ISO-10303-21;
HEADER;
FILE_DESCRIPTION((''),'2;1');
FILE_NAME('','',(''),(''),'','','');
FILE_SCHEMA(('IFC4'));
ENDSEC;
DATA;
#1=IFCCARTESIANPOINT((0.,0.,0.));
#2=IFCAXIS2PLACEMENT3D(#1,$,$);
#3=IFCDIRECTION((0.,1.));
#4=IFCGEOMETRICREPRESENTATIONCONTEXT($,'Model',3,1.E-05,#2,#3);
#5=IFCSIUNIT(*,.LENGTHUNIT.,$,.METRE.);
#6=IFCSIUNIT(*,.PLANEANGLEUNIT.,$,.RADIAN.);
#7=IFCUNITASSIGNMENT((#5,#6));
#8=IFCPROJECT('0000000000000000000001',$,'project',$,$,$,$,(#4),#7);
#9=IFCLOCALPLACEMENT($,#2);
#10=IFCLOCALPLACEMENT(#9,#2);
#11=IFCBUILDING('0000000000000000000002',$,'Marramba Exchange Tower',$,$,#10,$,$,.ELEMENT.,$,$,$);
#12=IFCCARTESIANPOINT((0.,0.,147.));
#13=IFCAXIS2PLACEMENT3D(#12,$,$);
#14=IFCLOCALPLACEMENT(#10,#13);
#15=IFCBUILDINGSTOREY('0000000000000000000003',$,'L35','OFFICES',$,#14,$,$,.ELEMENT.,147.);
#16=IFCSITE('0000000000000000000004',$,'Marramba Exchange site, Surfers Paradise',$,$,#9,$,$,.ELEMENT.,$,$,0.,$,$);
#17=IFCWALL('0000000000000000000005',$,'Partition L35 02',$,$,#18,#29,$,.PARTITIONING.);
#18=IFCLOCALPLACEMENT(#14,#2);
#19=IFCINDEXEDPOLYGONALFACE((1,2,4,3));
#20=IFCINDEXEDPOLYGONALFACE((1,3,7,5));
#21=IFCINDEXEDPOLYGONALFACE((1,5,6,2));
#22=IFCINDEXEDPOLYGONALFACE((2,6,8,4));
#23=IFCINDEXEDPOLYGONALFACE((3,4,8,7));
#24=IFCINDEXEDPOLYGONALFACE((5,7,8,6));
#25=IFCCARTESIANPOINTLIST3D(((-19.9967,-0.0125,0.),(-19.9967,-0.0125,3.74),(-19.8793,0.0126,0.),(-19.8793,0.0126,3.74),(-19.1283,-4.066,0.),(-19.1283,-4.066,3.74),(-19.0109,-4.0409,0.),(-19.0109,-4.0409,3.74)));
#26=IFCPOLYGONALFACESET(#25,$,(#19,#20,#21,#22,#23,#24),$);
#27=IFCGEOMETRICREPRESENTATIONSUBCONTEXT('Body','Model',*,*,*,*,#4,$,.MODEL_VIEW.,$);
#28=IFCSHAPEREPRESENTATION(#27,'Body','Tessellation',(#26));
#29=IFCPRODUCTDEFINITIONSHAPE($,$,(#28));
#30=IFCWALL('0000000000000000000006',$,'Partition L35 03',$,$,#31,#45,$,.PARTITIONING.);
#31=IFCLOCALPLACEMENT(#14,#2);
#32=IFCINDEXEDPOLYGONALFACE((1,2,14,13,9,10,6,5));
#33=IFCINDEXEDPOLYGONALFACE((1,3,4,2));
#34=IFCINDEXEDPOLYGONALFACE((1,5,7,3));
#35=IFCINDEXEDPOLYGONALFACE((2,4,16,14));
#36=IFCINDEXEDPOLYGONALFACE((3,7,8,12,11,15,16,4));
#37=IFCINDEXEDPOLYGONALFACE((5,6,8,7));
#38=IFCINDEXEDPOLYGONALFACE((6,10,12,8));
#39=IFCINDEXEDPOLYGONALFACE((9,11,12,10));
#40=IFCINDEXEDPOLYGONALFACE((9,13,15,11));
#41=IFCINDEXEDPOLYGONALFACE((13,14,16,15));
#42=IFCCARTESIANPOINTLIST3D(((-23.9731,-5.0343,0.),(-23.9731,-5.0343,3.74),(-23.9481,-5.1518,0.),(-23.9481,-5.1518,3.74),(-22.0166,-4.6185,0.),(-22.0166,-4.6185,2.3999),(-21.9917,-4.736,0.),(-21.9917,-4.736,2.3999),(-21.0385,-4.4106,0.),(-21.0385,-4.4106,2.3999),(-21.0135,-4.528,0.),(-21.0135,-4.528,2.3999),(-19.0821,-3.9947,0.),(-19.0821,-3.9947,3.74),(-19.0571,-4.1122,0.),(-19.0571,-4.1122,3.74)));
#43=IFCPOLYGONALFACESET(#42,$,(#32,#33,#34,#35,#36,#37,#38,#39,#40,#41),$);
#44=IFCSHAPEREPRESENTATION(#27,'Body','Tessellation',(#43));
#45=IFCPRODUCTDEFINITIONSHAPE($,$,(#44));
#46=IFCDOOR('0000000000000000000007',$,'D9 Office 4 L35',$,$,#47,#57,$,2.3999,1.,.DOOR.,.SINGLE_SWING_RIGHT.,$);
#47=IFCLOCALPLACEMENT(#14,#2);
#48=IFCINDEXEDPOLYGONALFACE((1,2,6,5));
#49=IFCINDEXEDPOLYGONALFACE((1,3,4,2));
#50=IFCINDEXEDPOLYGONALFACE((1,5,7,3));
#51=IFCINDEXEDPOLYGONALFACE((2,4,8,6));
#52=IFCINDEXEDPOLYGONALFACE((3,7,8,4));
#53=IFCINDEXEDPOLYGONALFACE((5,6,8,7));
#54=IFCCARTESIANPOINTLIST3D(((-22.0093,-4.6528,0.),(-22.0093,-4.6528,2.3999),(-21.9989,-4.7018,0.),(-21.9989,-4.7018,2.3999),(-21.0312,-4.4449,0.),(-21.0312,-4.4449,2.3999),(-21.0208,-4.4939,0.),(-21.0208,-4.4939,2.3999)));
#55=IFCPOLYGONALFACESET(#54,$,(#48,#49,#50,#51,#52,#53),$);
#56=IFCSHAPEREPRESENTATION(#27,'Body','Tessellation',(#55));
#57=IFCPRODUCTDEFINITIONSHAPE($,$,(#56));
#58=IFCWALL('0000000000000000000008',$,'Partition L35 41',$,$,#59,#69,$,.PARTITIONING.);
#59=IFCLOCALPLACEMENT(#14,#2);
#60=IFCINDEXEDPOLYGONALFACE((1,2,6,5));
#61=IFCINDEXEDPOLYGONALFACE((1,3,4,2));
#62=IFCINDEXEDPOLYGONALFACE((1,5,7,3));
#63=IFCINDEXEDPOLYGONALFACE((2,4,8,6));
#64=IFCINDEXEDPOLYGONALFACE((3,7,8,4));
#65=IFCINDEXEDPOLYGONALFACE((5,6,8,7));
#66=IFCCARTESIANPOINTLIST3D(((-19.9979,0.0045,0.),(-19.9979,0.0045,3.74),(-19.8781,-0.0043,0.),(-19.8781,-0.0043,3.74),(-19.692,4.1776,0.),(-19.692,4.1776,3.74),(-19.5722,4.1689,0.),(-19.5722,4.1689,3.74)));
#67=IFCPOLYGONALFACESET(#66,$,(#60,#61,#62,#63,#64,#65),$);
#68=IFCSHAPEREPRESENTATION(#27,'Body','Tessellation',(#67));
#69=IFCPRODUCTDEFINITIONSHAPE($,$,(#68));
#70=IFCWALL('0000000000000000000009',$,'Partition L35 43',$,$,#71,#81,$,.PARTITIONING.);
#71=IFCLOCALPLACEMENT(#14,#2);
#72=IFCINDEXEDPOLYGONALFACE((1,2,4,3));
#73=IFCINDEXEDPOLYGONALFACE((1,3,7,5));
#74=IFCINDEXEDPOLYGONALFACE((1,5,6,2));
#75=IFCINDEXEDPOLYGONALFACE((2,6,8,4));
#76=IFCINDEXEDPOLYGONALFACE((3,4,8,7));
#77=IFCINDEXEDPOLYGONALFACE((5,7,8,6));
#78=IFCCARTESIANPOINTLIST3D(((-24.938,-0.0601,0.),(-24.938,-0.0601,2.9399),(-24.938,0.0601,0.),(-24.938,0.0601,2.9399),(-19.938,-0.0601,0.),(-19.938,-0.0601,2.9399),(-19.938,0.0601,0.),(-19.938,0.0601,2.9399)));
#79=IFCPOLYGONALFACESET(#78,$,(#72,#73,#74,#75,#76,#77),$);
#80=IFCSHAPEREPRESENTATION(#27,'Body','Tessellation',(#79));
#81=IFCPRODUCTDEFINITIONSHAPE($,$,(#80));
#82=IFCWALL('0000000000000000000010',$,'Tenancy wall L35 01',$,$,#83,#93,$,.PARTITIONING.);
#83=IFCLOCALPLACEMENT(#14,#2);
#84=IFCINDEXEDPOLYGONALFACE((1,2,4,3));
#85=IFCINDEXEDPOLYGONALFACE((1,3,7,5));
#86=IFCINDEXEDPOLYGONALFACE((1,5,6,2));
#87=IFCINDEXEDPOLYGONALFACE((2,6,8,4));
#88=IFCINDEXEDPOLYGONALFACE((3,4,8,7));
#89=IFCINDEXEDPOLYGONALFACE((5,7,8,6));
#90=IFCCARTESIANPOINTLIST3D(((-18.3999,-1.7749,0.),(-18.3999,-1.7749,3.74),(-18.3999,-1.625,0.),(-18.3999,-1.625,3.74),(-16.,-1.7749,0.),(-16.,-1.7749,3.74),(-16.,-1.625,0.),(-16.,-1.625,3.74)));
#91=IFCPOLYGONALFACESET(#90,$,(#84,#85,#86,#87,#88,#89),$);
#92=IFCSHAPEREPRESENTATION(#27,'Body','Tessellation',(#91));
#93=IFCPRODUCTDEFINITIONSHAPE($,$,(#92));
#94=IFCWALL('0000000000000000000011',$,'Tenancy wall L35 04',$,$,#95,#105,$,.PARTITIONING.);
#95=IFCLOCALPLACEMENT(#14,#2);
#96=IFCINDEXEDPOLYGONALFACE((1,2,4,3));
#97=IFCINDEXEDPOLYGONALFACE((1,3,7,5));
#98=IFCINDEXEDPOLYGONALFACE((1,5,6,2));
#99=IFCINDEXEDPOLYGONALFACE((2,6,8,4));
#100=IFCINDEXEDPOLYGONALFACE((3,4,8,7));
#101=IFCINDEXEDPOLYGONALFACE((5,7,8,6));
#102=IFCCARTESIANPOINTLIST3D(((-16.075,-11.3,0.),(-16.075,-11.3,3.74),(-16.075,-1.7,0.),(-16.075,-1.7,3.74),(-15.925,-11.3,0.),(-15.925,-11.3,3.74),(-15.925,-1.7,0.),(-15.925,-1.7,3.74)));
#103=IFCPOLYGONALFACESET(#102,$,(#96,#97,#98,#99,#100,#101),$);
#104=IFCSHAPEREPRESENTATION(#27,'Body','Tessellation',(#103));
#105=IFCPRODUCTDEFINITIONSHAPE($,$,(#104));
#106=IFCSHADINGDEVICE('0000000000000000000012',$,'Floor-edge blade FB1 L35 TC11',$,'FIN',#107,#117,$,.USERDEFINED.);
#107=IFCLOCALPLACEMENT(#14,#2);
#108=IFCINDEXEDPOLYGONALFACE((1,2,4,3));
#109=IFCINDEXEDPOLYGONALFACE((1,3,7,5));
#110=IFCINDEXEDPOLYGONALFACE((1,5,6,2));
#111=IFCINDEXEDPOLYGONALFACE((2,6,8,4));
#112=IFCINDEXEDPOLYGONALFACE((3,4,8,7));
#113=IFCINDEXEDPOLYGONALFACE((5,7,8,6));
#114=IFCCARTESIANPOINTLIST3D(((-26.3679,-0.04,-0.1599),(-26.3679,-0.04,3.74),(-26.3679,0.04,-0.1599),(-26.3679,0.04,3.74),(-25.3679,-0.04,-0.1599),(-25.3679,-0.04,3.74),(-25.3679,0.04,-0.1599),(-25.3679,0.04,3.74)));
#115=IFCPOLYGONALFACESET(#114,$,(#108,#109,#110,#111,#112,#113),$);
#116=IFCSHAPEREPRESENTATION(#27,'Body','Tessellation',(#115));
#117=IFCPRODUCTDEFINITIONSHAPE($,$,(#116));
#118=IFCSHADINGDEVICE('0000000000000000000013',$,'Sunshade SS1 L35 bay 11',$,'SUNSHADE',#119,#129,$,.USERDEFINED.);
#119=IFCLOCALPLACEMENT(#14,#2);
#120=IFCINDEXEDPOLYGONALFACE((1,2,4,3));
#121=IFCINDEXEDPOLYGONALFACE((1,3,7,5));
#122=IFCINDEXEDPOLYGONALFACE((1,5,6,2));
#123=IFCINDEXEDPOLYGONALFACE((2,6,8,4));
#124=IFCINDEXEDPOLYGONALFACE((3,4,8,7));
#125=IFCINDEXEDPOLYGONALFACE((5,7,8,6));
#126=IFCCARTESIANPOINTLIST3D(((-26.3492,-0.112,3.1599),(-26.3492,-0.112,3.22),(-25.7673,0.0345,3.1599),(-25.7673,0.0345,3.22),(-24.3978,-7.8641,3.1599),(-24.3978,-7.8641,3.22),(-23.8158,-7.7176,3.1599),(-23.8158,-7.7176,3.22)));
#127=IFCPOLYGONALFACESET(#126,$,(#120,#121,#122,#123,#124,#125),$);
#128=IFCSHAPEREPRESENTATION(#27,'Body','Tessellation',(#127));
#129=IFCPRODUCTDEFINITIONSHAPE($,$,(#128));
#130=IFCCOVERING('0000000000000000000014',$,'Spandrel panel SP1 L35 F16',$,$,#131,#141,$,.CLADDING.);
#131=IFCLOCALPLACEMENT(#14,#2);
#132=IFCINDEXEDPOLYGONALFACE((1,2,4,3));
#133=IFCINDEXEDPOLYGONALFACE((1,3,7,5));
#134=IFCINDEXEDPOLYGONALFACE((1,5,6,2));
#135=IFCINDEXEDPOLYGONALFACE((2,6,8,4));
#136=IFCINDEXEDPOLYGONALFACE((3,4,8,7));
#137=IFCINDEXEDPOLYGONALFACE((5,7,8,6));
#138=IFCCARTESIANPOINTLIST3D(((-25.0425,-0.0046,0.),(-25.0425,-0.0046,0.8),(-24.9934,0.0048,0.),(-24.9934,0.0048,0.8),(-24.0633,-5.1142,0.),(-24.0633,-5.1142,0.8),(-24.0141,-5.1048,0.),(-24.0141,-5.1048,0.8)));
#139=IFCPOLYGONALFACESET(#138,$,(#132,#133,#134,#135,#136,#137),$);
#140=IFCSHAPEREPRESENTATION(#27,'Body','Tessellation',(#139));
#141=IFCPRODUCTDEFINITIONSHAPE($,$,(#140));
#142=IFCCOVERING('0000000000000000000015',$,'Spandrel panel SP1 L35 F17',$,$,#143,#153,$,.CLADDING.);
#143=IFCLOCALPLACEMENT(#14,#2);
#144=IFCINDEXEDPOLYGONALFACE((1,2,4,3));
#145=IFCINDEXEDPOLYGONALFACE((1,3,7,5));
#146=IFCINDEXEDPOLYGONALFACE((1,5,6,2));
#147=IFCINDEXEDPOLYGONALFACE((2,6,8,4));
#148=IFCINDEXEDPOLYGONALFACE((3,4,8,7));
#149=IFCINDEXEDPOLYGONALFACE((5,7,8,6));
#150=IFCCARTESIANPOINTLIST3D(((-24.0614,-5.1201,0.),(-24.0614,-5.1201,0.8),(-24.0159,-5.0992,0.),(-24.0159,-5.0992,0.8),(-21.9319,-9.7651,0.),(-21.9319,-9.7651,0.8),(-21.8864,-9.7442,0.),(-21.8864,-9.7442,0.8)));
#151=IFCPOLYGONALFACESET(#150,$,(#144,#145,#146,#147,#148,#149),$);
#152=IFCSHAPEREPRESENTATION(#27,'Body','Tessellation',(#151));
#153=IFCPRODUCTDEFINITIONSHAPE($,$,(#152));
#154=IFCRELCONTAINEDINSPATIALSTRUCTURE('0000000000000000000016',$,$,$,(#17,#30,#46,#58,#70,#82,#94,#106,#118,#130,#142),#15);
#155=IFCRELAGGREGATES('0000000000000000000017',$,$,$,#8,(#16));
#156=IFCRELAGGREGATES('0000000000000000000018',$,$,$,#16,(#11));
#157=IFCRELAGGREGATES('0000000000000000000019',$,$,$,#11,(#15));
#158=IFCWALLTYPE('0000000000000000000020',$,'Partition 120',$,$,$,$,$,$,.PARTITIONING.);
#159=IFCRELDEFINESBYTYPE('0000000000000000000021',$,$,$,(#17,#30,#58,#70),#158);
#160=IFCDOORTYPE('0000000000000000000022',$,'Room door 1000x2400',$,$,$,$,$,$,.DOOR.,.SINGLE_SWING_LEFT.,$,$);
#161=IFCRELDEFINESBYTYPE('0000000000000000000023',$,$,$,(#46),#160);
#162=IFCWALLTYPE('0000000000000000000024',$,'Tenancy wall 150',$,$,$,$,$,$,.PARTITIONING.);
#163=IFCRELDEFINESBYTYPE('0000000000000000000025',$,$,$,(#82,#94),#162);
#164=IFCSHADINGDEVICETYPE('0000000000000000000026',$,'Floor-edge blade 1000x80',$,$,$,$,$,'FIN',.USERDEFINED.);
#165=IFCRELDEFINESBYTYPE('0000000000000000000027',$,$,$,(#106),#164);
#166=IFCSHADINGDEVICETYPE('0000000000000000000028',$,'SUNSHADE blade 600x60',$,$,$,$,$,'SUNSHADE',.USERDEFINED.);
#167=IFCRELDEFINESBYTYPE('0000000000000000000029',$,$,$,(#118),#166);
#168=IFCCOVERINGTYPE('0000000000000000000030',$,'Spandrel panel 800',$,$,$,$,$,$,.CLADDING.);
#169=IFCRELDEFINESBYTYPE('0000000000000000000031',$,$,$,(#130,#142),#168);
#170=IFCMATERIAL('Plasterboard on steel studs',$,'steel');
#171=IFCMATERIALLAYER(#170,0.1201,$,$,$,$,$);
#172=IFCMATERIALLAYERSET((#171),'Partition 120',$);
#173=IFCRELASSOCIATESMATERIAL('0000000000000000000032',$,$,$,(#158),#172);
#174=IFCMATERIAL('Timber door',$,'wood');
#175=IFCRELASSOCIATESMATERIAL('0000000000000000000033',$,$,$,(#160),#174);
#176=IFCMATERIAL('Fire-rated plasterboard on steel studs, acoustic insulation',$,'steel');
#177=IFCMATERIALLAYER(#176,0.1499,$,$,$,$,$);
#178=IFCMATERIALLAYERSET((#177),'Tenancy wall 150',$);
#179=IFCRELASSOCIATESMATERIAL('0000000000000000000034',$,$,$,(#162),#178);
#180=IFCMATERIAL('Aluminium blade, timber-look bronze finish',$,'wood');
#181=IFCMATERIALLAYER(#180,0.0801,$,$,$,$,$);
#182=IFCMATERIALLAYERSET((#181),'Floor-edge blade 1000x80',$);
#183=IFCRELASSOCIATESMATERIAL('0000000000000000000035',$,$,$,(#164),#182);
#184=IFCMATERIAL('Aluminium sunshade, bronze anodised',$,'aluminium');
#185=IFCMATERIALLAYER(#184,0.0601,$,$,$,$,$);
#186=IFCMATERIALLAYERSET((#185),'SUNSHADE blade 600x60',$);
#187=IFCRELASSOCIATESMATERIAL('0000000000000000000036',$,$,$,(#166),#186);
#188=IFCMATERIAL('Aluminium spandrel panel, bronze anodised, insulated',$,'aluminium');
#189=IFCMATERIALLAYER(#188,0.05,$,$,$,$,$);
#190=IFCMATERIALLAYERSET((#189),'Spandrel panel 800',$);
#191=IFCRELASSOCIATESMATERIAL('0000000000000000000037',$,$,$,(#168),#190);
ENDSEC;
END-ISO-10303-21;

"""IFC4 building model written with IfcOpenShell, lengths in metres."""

from ifc_helpers import new_model, si_unit, direction, frame, frame_2d, origin, origin_2d, place, context, subcontext, project, spatial, rectangle, extrude, material, layer, layer_set, type_object, element, fill, save


model = new_model("IFC4")

# Units and contexts
model_context = context("Model", 3, precision=1e-05, world=origin(), true_north=direction((0.0, 1.0)))
body_context = subcontext(model_context, "Body", "Model", "MODEL_VIEW")
ifc_project = project(units=[si_unit("LENGTHUNIT", "METRE"), si_unit("PLANEANGLEUNIT", "RADIAN")], contexts=[model_context])

# Site, building, storey
site_placement = place(None, origin())
site = spatial("IfcSite", under=ifc_project, at=site_placement, Name="Marramba Exchange site, Surfers Paradise", CompositionType="ELEMENT", RefElevation=0.0)
building_placement = place(site_placement, origin())
building = spatial("IfcBuilding", under=site, at=building_placement, Name="Marramba Exchange Tower", CompositionType="ELEMENT")
storey_placement = place(building_placement, frame((0.0, 0.0, 147.0)))
storey = spatial("IfcBuildingStorey", under=building, at=storey_placement, Name="L35", Description="OFFICES", CompositionType="ELEMENT", Elevation=147.0)

# Wall
ifc_material_1 = material(Name="Plasterboard on steel studs", Category="steel")
ifc_layer_1 = layer(ifc_material_1, 0.1201)
ifc_layer_set_1 = layer_set([ifc_layer_1], Name="Partition 120")
wall_type_1 = type_object("IfcWallType", Name="Partition 120", PredefinedType="PARTITIONING", material=ifc_layer_set_1)
wall_1_placement = place(storey_placement, frame((-19.0696, -4.0535, 0.0), z_axis=(0.0, 0.0, 1.0), x_axis=(-0.209485, 0.977812, 0.0)))
element("IfcWall", 1, at=wall_1_placement, inside=storey, type_object=wall_type_1, Name="Partition L35 02", PredefinedType="PARTITIONING", context=body_context, shape_type="SweptSolid", body=[
    extrude(rectangle(XDim=4.1455, YDim=0.1201, at=frame_2d((2.0728, 0.0))), origin(), (0.0, 0.0, 1.0), 3.74),
])

# Wall, opening, door
wall_2_placement = place(storey_placement, frame((-23.9604, -5.093, 0.0), z_axis=(0.0, 0.0, 1.0), x_axis=(0.978149, 0.207905, 0.0)))
wall_2 = element("IfcWall", 2, at=wall_2_placement, inside=storey, type_object=wall_type_1, Name="Partition L35 03", PredefinedType="PARTITIONING", context=body_context, shape_type="SweptSolid", body=[
    extrude(rectangle(XDim=5.0002, YDim=0.1201, at=frame_2d((2.5, 0.0))), origin(), (0.0, 0.0, 1.0), 3.74),
])
opening_placement = place(wall_2_placement, frame((2.0, 0.0, 0.0)))
opening = element("IfcOpeningElement", 3, at=opening_placement, cuts=wall_2, PredefinedType="OPENING", context=body_context, shape_type="SweptSolid", body=[
    extrude(rectangle(XDim=1.0, YDim=2.3999, at=frame_2d((0.5, 1.2))), frame((0.0, 0.0701, 0.0), z_axis=(0.0, -1.0, 0.0), x_axis=(1.0, 0.0, 0.0)), (0.0, 0.0, 1.0), 0.1401),
])
ifc_material_2 = material(Name="Timber door", Category="wood")
door_type = type_object("IfcDoorType", Name="Room door 1000x2400", OperationType="SINGLE_SWING_LEFT", PredefinedType="DOOR", material=ifc_material_2)
door_placement = place(opening_placement, origin())
door = element("IfcDoor", 4, at=door_placement, inside=storey, type_object=door_type, Name="D9 Office 4 L35", OperationType="SINGLE_SWING_RIGHT", OverallHeight=2.3999, OverallWidth=1.0, PredefinedType="DOOR", context=body_context, shape_type="SweptSolid", body=[
    extrude(rectangle(XDim=1.0, YDim=2.3999, at=frame_2d((0.5, 1.2))), frame((0.0, 0.0249, 0.0), z_axis=(0.0, -1.0, 0.0), x_axis=(1.0, 0.0, 0.0)), (0.0, 0.0, 1.0), 0.05),
])
fill(opening, door)

# Walls
wall_3_placement = place(storey_placement, frame((-19.938, 0.0, 0.0), z_axis=(0.0, 0.0, 1.0), x_axis=(0.073109, 0.997324, 0.0)))
element("IfcWall", 5, at=wall_3_placement, inside=storey, type_object=wall_type_1, Name="Partition L35 41", PredefinedType="PARTITIONING", context=body_context, shape_type="SweptSolid", body=[
    extrude(rectangle(XDim=4.1843, YDim=0.1201, at=frame_2d((2.0923, 0.0))), origin(), (0.0, 0.0, 1.0), 3.74),
])
wall_4_placement = place(storey_placement, frame((-19.938, 0.0, 0.0), z_axis=(0.0, 0.0, 1.0), x_axis=(-1.0, 0.0, 0.0)))
element("IfcWall", 6, at=wall_4_placement, inside=storey, type_object=wall_type_1, Name="Partition L35 43", PredefinedType="PARTITIONING", context=body_context, shape_type="SweptSolid", body=[
    extrude(rectangle(XDim=5.0, YDim=0.1201, at=frame_2d((2.5, 0.0))), origin(), (0.0, 0.0, 1.0), 2.9399),
])
ifc_material_3 = material(Name="Fire-rated plasterboard on steel studs, acoustic insulation", Category="steel")
ifc_layer_2 = layer(ifc_material_3, 0.1499)
ifc_layer_set_2 = layer_set([ifc_layer_2], Name="Tenancy wall 150")
wall_type_2 = type_object("IfcWallType", Name="Tenancy wall 150", PredefinedType="PARTITIONING", material=ifc_layer_set_2)
wall_5_placement = place(storey_placement, frame((-18.3999, -1.7, 0.0), z_axis=(0.0, 0.0, 1.0), x_axis=(1.0, 0.0, 0.0)))
element("IfcWall", 7, at=wall_5_placement, inside=storey, type_object=wall_type_2, Name="Tenancy wall L35 01", PredefinedType="PARTITIONING", context=body_context, shape_type="SweptSolid", body=[
    extrude(rectangle(XDim=2.3999, YDim=0.1499, at=frame_2d((1.2, 0.0))), origin(), (0.0, 0.0, 1.0), 3.74),
])
wall_6_placement = place(storey_placement, frame((-16.0, -1.7, 0.0), z_axis=(0.0, 0.0, 1.0), x_axis=(0.0, -1.0, 0.0)))
element("IfcWall", 8, at=wall_6_placement, inside=storey, type_object=wall_type_2, Name="Tenancy wall L35 04", PredefinedType="PARTITIONING", context=body_context, shape_type="SweptSolid", body=[
    extrude(rectangle(XDim=9.6001, YDim=0.1499, at=frame_2d((4.8, 0.0))), origin(), (0.0, 0.0, 1.0), 3.74),
])

# Shading devices
ifc_material_4 = material(Name="Aluminium blade, timber-look bronze finish", Category="wood")
ifc_layer_3 = layer(ifc_material_4, 0.0801)
ifc_layer_set_3 = layer_set([ifc_layer_3], Name="Floor-edge blade 1000x80")
shading_device_type_1 = type_object("IfcShadingDeviceType", Name="Floor-edge blade 1000x80", ElementType="FIN", PredefinedType="USERDEFINED", material=ifc_layer_set_3)
shading_device_1_placement = place(storey_placement, frame((-25.8679, 0.0, -0.1599), z_axis=(0.0, 0.0, 1.0), x_axis=(-1.0, 0.0, 0.0)))
element("IfcShadingDevice", 9, at=shading_device_1_placement, inside=storey, type_object=shading_device_type_1, Name="Floor-edge blade FB1 L35 TC11", ObjectType="FIN", PredefinedType="USERDEFINED", context=body_context, shape_type="SweptSolid", body=[
    extrude(rectangle(XDim=1.0, YDim=0.0801, at=origin_2d()), origin(), (0.0, 0.0, 1.0), 3.8999),
])
ifc_material_5 = material(Name="Aluminium sunshade, bronze anodised", Category="aluminium")
ifc_layer_4 = layer(ifc_material_5, 0.0601)
ifc_layer_set_4 = layer_set([ifc_layer_4], Name="SUNSHADE blade 600x60")
shading_device_type_2 = type_object("IfcShadingDeviceType", Name="SUNSHADE blade 600x60", ElementType="SUNSHADE", PredefinedType="USERDEFINED", material=ifc_layer_set_4)
shading_device_2_placement = place(storey_placement, frame((-25.0825, -3.9148, 3.1599), z_axis=(0.0, 0.0, 1.0), x_axis=(0.244117, -0.969746, 0.0)))
element("IfcShadingDevice", 10, at=shading_device_2_placement, inside=storey, type_object=shading_device_type_2, Name="Sunshade SS1 L35 bay 11", ObjectType="SUNSHADE", PredefinedType="USERDEFINED", context=body_context, shape_type="SweptSolid", body=[
    extrude(rectangle(XDim=7.9939, YDim=0.6001, at=origin_2d()), origin(), (0.0, 0.0, 1.0), 0.0601),
])

# Coverings
ifc_material_6 = material(Name="Aluminium spandrel panel, bronze anodised, insulated", Category="aluminium")
ifc_layer_5 = layer(ifc_material_6, 0.05)
ifc_layer_set_5 = layer_set([ifc_layer_5], Name="Spandrel panel 800")
covering_type = type_object("IfcCoveringType", Name="Spandrel panel 800", PredefinedType="CLADDING", material=ifc_layer_set_5)
covering_1_placement = place(storey_placement, frame((-24.5283, -2.5547, 0.0), z_axis=(0.0, 0.0, 1.0), x_axis=(0.188227, -0.982126, 0.0)))
element("IfcCovering", 11, at=covering_1_placement, inside=storey, type_object=covering_type, Name="Spandrel panel SP1 L35 F16", PredefinedType="CLADDING", context=body_context, shape_type="SweptSolid", body=[
    extrude(rectangle(XDim=5.2026, YDim=0.05, at=origin_2d()), origin(), (0.0, 0.0, 1.0), 0.8),
])
covering_2_placement = place(storey_placement, frame((-22.9739, -7.4321, 0.0), z_axis=(0.0, 0.0, 1.0), x_axis=(0.416738, -0.909027, 0.0)))
element("IfcCovering", 12, at=covering_2_placement, inside=storey, type_object=covering_type, Name="Spandrel panel SP1 L35 F17", PredefinedType="CLADDING", context=body_context, shape_type="SweptSolid", body=[
    extrude(rectangle(XDim=5.1099, YDim=0.05, at=origin_2d()), origin(), (0.0, 0.0, 1.0), 0.8),
])

save(model, "model.ifc")
